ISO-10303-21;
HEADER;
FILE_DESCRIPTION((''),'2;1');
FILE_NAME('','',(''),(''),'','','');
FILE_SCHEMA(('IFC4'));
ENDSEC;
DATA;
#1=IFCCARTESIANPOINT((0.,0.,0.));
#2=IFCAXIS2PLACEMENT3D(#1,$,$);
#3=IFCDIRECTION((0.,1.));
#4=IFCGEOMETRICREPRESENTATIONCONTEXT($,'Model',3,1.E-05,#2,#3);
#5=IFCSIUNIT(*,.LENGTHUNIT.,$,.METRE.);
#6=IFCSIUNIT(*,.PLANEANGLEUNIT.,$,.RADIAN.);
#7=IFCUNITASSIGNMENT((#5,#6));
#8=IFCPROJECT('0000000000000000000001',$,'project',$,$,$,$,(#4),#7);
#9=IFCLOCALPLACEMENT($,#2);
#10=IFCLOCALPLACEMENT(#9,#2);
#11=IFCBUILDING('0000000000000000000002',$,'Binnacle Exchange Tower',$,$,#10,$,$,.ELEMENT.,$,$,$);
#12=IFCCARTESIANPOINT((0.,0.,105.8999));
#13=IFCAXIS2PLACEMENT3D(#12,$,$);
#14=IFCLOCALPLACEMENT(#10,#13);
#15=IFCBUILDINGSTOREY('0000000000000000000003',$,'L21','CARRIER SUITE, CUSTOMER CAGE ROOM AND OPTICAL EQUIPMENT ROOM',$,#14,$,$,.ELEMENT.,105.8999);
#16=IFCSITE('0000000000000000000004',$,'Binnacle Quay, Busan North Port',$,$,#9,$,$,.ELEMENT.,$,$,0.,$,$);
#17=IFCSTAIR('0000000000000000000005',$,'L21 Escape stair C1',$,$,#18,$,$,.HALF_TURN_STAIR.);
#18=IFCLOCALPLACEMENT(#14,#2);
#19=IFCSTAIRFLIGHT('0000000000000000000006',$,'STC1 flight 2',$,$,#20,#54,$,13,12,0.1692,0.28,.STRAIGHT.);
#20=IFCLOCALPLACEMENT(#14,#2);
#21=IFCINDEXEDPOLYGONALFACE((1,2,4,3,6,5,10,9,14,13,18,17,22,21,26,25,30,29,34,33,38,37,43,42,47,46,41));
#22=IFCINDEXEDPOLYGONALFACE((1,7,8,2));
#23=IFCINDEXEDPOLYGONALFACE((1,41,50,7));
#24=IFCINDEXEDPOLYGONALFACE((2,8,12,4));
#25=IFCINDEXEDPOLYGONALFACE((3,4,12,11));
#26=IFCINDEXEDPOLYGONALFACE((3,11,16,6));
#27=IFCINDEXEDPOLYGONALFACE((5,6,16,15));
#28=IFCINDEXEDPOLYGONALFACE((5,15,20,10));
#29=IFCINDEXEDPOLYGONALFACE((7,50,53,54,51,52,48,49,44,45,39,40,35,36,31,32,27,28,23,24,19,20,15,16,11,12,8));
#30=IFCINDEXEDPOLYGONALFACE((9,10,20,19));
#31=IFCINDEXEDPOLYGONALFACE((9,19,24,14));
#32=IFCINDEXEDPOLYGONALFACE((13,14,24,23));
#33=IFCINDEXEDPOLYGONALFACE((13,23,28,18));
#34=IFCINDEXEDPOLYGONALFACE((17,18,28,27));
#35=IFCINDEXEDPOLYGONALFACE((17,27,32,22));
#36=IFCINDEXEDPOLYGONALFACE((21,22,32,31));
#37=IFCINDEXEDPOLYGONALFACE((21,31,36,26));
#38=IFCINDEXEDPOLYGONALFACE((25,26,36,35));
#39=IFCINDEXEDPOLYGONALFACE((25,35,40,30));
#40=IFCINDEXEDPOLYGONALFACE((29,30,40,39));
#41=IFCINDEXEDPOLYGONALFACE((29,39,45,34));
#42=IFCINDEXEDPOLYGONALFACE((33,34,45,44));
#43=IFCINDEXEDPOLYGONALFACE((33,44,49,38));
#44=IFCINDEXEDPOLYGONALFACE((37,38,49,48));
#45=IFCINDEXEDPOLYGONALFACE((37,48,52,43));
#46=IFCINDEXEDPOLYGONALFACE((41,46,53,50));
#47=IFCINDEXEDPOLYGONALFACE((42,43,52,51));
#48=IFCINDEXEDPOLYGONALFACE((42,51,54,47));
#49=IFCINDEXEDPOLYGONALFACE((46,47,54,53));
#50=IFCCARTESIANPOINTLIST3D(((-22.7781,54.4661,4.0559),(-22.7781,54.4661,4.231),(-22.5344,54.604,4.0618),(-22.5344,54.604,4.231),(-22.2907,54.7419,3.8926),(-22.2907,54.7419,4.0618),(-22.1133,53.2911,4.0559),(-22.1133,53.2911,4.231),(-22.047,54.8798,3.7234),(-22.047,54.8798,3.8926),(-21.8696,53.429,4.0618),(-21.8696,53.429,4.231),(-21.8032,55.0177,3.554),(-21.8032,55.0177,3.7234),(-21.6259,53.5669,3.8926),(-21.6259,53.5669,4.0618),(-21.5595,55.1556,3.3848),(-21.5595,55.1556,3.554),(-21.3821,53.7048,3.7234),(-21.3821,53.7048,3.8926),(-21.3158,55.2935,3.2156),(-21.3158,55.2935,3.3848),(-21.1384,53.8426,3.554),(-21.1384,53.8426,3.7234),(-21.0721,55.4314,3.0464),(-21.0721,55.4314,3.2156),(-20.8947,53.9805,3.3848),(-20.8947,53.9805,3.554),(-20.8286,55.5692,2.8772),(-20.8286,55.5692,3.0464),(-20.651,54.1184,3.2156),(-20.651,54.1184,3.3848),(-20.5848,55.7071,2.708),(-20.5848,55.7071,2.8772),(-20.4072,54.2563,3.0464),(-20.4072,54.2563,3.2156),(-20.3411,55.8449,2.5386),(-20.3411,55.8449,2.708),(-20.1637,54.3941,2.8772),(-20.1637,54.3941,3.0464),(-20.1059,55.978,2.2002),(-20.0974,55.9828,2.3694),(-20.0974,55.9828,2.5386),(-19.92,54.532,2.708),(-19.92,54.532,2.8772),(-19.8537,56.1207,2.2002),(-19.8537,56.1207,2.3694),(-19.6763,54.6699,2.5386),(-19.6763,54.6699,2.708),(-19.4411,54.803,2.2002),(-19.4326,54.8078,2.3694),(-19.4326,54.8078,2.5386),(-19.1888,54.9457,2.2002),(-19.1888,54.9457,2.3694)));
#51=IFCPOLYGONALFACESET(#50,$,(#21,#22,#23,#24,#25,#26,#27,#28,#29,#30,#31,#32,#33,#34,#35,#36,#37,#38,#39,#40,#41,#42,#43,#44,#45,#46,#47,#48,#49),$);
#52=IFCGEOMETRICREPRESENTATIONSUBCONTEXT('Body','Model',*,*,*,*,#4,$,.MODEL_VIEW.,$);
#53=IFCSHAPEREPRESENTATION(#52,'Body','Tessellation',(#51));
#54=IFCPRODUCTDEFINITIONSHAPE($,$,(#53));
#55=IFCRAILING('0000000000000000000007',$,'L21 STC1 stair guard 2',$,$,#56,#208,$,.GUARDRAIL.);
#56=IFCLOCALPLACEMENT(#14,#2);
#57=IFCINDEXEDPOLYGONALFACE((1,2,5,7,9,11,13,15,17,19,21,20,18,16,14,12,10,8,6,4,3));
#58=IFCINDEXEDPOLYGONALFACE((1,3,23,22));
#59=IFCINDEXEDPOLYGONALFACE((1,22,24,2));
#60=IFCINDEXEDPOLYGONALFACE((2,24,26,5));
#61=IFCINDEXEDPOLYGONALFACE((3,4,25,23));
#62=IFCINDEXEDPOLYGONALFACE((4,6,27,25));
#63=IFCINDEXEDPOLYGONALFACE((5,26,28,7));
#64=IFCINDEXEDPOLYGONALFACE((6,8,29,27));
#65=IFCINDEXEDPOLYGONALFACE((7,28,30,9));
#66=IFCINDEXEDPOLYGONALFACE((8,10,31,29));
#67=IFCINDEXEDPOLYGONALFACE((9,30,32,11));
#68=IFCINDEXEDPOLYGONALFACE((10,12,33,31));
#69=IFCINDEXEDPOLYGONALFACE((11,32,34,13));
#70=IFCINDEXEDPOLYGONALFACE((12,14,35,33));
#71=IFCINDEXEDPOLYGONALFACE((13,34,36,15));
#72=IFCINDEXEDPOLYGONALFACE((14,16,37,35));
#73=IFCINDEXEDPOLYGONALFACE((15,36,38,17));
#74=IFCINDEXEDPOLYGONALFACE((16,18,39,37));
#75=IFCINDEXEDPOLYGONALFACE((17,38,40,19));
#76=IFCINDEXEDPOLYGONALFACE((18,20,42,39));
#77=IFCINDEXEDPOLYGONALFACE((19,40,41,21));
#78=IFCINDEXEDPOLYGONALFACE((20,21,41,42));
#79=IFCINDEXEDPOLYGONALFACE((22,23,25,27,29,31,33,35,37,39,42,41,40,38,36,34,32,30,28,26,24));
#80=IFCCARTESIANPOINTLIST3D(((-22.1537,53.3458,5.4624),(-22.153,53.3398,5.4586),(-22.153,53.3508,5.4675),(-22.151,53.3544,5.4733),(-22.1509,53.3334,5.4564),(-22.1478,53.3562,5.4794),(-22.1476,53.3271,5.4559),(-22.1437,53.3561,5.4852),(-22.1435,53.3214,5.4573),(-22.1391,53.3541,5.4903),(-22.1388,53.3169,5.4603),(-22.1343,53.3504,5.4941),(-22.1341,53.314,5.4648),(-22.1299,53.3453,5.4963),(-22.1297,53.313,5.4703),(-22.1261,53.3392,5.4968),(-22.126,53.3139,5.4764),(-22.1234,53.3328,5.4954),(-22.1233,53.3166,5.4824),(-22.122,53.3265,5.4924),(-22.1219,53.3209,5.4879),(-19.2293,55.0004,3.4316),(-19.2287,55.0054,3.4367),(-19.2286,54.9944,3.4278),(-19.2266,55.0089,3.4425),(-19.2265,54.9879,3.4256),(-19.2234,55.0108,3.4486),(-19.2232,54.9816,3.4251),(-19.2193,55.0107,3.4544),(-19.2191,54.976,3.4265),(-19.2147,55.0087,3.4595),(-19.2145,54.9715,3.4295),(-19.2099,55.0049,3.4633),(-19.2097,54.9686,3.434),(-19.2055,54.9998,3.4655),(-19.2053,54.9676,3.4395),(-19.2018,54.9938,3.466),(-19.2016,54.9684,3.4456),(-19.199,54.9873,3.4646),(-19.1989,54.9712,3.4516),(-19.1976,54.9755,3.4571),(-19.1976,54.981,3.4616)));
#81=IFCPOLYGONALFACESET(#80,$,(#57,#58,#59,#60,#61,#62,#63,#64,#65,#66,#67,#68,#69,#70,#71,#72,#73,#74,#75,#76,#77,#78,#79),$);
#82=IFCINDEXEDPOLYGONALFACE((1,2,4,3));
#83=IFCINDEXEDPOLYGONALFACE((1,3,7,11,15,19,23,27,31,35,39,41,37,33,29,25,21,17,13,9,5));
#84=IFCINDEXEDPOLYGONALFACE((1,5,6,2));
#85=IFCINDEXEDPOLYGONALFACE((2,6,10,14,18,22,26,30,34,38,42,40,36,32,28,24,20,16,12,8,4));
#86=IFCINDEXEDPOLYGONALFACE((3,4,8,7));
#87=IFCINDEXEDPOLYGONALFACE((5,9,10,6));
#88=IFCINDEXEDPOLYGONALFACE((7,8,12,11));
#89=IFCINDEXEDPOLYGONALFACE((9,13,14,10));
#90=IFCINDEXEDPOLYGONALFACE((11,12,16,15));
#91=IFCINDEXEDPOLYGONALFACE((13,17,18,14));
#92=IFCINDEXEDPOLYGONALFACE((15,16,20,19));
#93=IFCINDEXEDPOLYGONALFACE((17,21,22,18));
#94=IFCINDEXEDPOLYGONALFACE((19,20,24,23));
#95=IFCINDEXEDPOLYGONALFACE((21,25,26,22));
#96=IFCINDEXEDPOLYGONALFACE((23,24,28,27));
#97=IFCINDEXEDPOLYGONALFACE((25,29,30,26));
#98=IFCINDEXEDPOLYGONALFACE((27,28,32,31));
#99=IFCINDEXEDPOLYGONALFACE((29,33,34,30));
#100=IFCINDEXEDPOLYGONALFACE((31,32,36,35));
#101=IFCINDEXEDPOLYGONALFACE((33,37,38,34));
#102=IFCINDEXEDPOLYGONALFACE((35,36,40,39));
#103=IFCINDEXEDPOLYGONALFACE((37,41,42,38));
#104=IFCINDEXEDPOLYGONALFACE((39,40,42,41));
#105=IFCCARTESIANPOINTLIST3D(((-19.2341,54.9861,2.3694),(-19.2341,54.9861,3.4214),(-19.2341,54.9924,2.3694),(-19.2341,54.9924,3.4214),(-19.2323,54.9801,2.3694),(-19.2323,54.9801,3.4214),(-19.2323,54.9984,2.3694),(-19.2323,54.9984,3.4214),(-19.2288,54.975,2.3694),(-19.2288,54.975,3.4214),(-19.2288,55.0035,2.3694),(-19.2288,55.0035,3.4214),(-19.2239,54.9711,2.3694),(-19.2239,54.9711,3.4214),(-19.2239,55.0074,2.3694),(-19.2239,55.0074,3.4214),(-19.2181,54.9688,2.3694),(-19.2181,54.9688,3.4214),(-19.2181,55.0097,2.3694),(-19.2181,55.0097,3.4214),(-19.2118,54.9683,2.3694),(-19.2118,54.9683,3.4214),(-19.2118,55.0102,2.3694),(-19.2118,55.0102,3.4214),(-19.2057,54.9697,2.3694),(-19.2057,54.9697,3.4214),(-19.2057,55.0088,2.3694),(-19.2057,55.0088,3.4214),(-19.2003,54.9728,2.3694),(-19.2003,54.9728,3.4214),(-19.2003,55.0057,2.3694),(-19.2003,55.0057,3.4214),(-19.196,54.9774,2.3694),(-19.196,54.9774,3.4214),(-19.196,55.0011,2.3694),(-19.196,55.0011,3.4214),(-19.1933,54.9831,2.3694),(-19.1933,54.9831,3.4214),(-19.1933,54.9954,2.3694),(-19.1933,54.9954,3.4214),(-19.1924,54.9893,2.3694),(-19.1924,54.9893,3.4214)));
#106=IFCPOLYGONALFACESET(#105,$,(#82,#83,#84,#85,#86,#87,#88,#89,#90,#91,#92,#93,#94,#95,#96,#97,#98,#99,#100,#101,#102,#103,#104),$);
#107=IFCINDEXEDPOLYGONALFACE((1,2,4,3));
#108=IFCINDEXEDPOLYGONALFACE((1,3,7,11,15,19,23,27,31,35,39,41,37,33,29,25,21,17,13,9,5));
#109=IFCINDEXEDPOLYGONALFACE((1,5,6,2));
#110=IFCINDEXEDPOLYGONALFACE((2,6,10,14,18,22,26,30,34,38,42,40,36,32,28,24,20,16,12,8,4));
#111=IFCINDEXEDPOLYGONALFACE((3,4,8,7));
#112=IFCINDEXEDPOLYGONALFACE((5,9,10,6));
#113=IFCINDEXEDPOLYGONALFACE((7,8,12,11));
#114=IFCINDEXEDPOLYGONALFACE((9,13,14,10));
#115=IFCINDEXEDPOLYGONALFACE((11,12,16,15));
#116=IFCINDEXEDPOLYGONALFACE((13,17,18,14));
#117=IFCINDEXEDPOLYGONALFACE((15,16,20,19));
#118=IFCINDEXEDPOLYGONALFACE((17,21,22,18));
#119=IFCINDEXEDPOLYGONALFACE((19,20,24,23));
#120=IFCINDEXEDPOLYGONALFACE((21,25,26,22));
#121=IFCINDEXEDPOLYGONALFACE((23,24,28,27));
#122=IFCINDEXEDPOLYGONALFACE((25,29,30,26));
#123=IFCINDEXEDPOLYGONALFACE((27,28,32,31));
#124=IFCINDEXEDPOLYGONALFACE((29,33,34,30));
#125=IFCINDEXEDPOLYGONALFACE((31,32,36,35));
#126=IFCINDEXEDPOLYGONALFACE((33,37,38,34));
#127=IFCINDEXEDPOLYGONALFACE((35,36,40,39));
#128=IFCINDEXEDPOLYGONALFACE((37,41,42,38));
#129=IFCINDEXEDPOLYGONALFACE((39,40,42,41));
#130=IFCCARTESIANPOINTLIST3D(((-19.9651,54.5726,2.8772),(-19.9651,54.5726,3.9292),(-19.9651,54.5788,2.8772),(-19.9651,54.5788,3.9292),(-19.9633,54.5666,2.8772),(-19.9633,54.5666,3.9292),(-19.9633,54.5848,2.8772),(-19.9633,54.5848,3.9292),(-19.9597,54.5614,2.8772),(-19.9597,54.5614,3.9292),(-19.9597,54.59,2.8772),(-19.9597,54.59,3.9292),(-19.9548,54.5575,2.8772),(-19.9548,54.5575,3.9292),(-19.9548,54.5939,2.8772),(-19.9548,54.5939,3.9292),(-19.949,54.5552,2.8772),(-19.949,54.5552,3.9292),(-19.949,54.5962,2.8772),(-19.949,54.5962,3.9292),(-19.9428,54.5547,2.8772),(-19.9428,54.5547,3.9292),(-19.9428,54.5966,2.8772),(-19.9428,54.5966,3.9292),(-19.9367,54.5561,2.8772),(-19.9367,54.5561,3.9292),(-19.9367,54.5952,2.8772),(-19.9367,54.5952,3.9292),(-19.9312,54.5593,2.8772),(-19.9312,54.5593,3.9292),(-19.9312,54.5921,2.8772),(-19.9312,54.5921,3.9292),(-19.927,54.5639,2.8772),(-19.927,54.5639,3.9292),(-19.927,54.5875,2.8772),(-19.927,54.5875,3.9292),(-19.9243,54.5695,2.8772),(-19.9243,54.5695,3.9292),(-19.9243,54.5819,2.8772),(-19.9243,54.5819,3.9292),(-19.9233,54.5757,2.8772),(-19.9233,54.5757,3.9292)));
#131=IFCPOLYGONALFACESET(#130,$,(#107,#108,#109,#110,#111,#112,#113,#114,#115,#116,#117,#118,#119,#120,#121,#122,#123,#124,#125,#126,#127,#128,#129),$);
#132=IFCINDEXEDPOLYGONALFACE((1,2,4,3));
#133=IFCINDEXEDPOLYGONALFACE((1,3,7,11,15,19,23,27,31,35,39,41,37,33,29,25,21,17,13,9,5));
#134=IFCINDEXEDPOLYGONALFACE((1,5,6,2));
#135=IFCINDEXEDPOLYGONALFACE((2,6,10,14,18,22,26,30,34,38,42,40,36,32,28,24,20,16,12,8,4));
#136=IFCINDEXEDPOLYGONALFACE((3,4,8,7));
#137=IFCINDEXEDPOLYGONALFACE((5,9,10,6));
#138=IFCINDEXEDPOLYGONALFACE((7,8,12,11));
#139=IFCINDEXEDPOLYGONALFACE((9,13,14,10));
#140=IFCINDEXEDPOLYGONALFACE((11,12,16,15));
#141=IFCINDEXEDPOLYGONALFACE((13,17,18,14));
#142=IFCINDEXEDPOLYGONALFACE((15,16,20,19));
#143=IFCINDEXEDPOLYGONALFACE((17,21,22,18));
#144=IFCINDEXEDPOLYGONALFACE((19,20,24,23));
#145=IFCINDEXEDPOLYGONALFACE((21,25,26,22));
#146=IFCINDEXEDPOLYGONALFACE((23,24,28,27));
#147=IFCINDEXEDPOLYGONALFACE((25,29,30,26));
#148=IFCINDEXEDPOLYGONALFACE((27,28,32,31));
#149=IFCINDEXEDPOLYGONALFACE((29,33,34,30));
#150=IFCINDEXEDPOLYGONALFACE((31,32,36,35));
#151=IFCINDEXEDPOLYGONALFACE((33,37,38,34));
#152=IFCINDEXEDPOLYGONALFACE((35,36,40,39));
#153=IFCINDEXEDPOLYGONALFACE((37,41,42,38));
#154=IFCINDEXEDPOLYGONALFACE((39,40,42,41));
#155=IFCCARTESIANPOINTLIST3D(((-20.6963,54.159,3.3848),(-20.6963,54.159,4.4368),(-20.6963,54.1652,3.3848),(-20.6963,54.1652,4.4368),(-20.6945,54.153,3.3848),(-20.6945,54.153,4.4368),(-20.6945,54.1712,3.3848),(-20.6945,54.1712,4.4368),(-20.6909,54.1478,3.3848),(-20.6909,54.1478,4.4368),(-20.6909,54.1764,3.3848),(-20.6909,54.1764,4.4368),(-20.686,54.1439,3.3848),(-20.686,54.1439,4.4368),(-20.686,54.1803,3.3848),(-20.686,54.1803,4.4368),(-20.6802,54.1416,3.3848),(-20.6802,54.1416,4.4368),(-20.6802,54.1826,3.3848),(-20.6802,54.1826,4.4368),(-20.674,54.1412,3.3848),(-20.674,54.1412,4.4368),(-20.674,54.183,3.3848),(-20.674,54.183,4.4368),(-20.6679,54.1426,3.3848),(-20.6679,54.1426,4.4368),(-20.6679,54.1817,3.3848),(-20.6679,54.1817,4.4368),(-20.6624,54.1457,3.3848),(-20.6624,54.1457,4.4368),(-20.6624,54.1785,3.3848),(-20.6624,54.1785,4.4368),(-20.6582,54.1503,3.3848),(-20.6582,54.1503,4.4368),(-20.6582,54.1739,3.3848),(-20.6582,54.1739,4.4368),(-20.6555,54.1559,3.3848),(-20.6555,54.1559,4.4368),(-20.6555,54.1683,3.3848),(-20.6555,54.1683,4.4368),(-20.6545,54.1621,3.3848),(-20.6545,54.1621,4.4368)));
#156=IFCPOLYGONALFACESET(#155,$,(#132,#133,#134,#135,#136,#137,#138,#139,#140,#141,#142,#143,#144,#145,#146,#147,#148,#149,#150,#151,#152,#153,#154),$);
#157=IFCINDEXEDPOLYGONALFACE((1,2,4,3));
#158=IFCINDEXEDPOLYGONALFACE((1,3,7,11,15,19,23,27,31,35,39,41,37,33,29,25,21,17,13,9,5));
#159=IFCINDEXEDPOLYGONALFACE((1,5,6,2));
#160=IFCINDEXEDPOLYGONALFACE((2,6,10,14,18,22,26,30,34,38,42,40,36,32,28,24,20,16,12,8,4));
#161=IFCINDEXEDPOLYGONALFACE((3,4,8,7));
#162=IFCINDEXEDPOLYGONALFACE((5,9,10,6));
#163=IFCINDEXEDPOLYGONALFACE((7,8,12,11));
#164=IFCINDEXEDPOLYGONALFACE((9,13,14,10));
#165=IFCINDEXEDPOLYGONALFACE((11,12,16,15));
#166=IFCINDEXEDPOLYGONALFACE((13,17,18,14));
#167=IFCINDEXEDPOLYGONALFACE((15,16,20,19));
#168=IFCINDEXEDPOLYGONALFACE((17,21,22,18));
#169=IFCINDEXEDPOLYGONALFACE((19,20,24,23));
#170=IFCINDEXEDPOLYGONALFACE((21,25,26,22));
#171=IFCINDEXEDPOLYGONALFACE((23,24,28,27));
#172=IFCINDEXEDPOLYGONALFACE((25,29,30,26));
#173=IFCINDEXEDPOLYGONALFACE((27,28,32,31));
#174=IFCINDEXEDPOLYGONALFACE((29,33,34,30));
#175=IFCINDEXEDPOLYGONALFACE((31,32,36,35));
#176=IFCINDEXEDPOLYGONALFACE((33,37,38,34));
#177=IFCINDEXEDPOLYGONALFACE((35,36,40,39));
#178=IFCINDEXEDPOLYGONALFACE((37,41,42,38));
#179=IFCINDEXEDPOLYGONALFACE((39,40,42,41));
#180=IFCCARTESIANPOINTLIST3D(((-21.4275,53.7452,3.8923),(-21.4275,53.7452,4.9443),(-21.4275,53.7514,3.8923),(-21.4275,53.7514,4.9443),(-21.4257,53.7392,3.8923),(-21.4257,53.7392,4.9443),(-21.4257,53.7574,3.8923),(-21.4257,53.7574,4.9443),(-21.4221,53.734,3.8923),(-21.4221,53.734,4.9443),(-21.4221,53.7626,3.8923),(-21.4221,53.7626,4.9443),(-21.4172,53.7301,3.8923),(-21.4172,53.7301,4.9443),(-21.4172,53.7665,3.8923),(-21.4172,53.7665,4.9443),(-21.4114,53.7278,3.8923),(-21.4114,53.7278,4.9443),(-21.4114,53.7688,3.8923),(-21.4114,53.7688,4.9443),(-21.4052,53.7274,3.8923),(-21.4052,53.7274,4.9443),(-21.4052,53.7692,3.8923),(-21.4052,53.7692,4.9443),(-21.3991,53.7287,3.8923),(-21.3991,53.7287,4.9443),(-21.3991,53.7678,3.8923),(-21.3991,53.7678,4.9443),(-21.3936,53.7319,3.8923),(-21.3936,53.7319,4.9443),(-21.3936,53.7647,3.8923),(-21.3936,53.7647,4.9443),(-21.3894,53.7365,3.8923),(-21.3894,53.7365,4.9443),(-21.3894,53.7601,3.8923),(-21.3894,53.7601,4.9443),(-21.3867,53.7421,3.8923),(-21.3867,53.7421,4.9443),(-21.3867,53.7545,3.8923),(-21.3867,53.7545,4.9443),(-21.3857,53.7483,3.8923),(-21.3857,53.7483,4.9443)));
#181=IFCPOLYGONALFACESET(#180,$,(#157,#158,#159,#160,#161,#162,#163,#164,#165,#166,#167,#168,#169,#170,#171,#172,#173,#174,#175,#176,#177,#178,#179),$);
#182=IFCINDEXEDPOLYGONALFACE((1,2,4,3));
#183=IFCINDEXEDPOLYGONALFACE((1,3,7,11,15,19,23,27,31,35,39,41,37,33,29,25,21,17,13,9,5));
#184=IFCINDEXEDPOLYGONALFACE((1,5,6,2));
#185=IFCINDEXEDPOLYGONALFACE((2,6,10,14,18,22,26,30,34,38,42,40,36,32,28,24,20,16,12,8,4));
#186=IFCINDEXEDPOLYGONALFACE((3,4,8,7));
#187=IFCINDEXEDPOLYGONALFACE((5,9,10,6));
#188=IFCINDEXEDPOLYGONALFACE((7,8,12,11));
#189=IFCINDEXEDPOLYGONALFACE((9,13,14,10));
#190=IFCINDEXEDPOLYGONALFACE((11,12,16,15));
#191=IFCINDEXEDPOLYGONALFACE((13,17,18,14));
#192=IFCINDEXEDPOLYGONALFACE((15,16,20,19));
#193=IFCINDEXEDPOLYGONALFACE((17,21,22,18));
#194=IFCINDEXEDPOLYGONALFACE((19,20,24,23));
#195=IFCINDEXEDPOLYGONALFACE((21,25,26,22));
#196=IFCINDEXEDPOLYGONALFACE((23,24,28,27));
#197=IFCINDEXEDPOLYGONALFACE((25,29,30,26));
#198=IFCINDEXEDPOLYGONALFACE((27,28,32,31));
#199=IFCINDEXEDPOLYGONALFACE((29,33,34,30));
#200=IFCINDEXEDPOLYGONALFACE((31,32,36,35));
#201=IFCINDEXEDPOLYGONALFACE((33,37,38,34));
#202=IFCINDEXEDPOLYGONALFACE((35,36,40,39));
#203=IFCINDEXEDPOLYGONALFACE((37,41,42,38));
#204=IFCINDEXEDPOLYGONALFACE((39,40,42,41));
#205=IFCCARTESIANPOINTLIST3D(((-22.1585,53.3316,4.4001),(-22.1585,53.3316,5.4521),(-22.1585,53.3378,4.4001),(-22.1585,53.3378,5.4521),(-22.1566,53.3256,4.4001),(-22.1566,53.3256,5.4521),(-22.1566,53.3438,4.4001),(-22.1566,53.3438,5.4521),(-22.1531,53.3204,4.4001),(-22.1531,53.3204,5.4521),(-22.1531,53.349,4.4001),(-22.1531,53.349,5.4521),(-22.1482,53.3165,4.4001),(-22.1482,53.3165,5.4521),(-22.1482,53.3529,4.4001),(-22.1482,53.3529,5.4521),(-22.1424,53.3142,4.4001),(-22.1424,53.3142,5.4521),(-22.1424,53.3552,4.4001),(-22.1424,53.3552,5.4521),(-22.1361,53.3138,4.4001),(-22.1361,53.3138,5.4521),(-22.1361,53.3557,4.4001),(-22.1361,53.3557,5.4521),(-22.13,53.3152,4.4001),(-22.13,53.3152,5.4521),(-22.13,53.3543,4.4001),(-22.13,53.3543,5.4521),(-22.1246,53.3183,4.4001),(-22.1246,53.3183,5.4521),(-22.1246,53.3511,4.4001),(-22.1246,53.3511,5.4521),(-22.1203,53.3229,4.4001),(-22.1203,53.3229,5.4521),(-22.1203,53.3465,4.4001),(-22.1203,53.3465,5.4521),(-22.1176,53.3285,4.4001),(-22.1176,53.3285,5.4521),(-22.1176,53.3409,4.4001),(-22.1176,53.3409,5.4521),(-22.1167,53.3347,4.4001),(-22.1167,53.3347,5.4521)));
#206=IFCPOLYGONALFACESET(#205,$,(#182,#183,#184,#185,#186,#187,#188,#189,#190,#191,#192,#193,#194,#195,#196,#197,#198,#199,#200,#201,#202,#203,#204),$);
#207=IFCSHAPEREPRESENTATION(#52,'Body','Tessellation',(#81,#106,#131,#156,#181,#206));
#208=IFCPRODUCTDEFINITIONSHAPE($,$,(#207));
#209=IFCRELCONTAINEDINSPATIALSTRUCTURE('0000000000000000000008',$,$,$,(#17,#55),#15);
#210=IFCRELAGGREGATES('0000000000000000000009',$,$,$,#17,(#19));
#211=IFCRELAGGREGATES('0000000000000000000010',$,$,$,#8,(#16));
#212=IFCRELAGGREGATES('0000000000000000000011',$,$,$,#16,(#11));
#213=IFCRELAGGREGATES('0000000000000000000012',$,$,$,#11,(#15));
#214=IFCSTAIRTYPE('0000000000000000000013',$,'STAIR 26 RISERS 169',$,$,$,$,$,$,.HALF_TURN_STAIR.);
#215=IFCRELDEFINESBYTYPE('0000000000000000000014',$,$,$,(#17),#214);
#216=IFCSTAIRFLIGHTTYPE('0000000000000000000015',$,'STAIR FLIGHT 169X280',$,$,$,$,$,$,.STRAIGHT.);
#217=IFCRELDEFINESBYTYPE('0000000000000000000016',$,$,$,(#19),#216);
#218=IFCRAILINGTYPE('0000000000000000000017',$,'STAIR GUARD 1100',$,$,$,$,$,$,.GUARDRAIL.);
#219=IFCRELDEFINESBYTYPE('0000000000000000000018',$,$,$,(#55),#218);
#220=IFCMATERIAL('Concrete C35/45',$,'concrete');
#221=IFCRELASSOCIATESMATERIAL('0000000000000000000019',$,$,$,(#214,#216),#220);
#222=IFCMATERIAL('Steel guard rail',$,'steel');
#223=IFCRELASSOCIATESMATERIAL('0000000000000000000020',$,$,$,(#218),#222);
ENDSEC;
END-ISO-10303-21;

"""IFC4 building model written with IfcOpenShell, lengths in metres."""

from ifc_helpers import new_model, si_unit, direction, frame, origin, origin_2d, place, context, subcontext, project, spatial, polyline, circle, outline, extrude, material, type_object, element, aggregate, save


model = new_model("IFC4")

# Units and contexts
model_context = context("Model", 3, precision=1e-05, world=origin(), true_north=direction((0.0, 1.0)))
body_context = subcontext(model_context, "Body", "Model", "MODEL_VIEW")
ifc_project = project(units=[si_unit("LENGTHUNIT", "METRE"), si_unit("PLANEANGLEUNIT", "RADIAN")], contexts=[model_context])

# Site, building, storey
site_placement = place(None, origin())
site = spatial("IfcSite", under=ifc_project, at=site_placement, Name="Binnacle Quay, Busan North Port", CompositionType="ELEMENT", RefElevation=0.0)
building_placement = place(site_placement, origin())
building = spatial("IfcBuilding", under=site, at=building_placement, Name="Binnacle Exchange Tower", CompositionType="ELEMENT")
storey_placement = place(building_placement, frame((0.0, 0.0, 105.8999)))
storey = spatial("IfcBuildingStorey", under=building, at=storey_placement, Name="L21", Description="CARRIER SUITE, CUSTOMER CAGE ROOM AND OPTICAL EQUIPMENT ROOM", CompositionType="ELEMENT", Elevation=105.8999)

# Stair, stair flight
ifc_material_1 = material(Name="Concrete C35/45", Category="concrete")
stair_type = type_object("IfcStairType", Name="STAIR 26 RISERS 169", PredefinedType="HALF_TURN_STAIR", material=ifc_material_1)
stair_placement = place(storey_placement, origin())
stair = element("IfcStair", 1, at=stair_placement, inside=storey, type_object=stair_type, Name="L21 Escape stair C1", PredefinedType="HALF_TURN_STAIR")
stair_flight_type = type_object("IfcStairFlightType", Name="STAIR FLIGHT 169X280", PredefinedType="STRAIGHT", material=ifc_material_1)
stair_flight_placement = place(storey_placement, frame((-19.5212, 55.5332, 2.2002), z_axis=(0.0, 0.0, 1.0), x_axis=(-0.870356, -0.492424, 0.0)))
stair_flight = element("IfcStairFlight", 2, at=stair_flight_placement, type_object=stair_flight_type, Name="STC1 flight 2", NumberOfRisers=13, NumberOfTreads=12, PredefinedType="STRAIGHT", RiserHeight=0.1692, TreadLength=0.28, context=body_context, shape_type="SweptSolid", body=[
    extrude(outline(polyline([(0.0, 0.0), (0.0, 0.1692), (0.28, 0.1692), (0.28, 0.3384), (0.5601, 0.3384), (0.5601, 0.5078), (0.8401, 0.5078), (0.8401, 0.677), (1.1201, 0.677), (1.1201, 0.8462), (1.3999, 0.8462), (1.3999, 1.0154), (1.6799, 1.0154), (1.6799, 1.1846), (1.96, 1.1846), (1.96, 1.3538), (2.24, 1.3538), (2.24, 1.5232), (2.52, 1.5232), (2.52, 1.6924), (2.8, 1.6924), (2.8, 1.8616), (3.0801, 1.8616), (3.0801, 2.0308), (3.3601, 2.0308), (3.3601, 2.2), (3.3601, 1.8557), (0.2898, 0.0), (0.0, 0.0)])), frame((0.0, 0.675, 0.0), z_axis=(0.0, -1.0, 0.0), x_axis=(1.0, 0.0, 0.0)), (0.0, 0.0, 1.0), 1.3501),
])
aggregate(stair, [stair_flight])

# Railing
ifc_material_2 = material(Name="Steel guard rail", Category="steel")
railing_type = type_object("IfcRailingType", Name="STAIR GUARD 1100", PredefinedType="GUARDRAIL", material=ifc_material_2)
railing_1_placement = place(storey_placement, frame((-19.2134, 54.9893, 2.3694)))
element("IfcRailing", 3, at=railing_1_placement, inside=storey, type_object=railing_type, Name="L21 STC1 stair guard 2", PredefinedType="GUARDRAIL", context=body_context, shape_type="SweptSolid", body=[
    extrude(circle(Radius=0.0239, at=origin_2d()), frame((0.0, 0.0, 1.0762), z_axis=(-0.744867, -0.421437, 0.517266), x_axis=(0.492433, -0.87035, 0.0)), (0.0, 0.0, 1.0), 3.926),
    extrude(circle(Radius=0.021, at=origin_2d()), origin(), (0.0, 0.0, 1.0), 1.052),
    extrude(circle(Radius=0.021, at=origin_2d()), frame((-0.731, -0.4136, 0.5078)), (0.0, 0.0, 1.0), 1.052),
    extrude(circle(Radius=0.021, at=origin_2d()), frame((-1.4622, -0.8271, 1.0154)), (0.0, 0.0, 1.0), 1.052),
    extrude(circle(Radius=0.021, at=origin_2d()), frame((-2.1934, -1.241, 1.5229)), (0.0, 0.0, 1.0), 1.052),
    extrude(circle(Radius=0.021, at=origin_2d()), frame((-2.9243, -1.6545, 2.0308)), (0.0, 0.0, 1.0), 1.052),
])

save(model, "model.ifc")
